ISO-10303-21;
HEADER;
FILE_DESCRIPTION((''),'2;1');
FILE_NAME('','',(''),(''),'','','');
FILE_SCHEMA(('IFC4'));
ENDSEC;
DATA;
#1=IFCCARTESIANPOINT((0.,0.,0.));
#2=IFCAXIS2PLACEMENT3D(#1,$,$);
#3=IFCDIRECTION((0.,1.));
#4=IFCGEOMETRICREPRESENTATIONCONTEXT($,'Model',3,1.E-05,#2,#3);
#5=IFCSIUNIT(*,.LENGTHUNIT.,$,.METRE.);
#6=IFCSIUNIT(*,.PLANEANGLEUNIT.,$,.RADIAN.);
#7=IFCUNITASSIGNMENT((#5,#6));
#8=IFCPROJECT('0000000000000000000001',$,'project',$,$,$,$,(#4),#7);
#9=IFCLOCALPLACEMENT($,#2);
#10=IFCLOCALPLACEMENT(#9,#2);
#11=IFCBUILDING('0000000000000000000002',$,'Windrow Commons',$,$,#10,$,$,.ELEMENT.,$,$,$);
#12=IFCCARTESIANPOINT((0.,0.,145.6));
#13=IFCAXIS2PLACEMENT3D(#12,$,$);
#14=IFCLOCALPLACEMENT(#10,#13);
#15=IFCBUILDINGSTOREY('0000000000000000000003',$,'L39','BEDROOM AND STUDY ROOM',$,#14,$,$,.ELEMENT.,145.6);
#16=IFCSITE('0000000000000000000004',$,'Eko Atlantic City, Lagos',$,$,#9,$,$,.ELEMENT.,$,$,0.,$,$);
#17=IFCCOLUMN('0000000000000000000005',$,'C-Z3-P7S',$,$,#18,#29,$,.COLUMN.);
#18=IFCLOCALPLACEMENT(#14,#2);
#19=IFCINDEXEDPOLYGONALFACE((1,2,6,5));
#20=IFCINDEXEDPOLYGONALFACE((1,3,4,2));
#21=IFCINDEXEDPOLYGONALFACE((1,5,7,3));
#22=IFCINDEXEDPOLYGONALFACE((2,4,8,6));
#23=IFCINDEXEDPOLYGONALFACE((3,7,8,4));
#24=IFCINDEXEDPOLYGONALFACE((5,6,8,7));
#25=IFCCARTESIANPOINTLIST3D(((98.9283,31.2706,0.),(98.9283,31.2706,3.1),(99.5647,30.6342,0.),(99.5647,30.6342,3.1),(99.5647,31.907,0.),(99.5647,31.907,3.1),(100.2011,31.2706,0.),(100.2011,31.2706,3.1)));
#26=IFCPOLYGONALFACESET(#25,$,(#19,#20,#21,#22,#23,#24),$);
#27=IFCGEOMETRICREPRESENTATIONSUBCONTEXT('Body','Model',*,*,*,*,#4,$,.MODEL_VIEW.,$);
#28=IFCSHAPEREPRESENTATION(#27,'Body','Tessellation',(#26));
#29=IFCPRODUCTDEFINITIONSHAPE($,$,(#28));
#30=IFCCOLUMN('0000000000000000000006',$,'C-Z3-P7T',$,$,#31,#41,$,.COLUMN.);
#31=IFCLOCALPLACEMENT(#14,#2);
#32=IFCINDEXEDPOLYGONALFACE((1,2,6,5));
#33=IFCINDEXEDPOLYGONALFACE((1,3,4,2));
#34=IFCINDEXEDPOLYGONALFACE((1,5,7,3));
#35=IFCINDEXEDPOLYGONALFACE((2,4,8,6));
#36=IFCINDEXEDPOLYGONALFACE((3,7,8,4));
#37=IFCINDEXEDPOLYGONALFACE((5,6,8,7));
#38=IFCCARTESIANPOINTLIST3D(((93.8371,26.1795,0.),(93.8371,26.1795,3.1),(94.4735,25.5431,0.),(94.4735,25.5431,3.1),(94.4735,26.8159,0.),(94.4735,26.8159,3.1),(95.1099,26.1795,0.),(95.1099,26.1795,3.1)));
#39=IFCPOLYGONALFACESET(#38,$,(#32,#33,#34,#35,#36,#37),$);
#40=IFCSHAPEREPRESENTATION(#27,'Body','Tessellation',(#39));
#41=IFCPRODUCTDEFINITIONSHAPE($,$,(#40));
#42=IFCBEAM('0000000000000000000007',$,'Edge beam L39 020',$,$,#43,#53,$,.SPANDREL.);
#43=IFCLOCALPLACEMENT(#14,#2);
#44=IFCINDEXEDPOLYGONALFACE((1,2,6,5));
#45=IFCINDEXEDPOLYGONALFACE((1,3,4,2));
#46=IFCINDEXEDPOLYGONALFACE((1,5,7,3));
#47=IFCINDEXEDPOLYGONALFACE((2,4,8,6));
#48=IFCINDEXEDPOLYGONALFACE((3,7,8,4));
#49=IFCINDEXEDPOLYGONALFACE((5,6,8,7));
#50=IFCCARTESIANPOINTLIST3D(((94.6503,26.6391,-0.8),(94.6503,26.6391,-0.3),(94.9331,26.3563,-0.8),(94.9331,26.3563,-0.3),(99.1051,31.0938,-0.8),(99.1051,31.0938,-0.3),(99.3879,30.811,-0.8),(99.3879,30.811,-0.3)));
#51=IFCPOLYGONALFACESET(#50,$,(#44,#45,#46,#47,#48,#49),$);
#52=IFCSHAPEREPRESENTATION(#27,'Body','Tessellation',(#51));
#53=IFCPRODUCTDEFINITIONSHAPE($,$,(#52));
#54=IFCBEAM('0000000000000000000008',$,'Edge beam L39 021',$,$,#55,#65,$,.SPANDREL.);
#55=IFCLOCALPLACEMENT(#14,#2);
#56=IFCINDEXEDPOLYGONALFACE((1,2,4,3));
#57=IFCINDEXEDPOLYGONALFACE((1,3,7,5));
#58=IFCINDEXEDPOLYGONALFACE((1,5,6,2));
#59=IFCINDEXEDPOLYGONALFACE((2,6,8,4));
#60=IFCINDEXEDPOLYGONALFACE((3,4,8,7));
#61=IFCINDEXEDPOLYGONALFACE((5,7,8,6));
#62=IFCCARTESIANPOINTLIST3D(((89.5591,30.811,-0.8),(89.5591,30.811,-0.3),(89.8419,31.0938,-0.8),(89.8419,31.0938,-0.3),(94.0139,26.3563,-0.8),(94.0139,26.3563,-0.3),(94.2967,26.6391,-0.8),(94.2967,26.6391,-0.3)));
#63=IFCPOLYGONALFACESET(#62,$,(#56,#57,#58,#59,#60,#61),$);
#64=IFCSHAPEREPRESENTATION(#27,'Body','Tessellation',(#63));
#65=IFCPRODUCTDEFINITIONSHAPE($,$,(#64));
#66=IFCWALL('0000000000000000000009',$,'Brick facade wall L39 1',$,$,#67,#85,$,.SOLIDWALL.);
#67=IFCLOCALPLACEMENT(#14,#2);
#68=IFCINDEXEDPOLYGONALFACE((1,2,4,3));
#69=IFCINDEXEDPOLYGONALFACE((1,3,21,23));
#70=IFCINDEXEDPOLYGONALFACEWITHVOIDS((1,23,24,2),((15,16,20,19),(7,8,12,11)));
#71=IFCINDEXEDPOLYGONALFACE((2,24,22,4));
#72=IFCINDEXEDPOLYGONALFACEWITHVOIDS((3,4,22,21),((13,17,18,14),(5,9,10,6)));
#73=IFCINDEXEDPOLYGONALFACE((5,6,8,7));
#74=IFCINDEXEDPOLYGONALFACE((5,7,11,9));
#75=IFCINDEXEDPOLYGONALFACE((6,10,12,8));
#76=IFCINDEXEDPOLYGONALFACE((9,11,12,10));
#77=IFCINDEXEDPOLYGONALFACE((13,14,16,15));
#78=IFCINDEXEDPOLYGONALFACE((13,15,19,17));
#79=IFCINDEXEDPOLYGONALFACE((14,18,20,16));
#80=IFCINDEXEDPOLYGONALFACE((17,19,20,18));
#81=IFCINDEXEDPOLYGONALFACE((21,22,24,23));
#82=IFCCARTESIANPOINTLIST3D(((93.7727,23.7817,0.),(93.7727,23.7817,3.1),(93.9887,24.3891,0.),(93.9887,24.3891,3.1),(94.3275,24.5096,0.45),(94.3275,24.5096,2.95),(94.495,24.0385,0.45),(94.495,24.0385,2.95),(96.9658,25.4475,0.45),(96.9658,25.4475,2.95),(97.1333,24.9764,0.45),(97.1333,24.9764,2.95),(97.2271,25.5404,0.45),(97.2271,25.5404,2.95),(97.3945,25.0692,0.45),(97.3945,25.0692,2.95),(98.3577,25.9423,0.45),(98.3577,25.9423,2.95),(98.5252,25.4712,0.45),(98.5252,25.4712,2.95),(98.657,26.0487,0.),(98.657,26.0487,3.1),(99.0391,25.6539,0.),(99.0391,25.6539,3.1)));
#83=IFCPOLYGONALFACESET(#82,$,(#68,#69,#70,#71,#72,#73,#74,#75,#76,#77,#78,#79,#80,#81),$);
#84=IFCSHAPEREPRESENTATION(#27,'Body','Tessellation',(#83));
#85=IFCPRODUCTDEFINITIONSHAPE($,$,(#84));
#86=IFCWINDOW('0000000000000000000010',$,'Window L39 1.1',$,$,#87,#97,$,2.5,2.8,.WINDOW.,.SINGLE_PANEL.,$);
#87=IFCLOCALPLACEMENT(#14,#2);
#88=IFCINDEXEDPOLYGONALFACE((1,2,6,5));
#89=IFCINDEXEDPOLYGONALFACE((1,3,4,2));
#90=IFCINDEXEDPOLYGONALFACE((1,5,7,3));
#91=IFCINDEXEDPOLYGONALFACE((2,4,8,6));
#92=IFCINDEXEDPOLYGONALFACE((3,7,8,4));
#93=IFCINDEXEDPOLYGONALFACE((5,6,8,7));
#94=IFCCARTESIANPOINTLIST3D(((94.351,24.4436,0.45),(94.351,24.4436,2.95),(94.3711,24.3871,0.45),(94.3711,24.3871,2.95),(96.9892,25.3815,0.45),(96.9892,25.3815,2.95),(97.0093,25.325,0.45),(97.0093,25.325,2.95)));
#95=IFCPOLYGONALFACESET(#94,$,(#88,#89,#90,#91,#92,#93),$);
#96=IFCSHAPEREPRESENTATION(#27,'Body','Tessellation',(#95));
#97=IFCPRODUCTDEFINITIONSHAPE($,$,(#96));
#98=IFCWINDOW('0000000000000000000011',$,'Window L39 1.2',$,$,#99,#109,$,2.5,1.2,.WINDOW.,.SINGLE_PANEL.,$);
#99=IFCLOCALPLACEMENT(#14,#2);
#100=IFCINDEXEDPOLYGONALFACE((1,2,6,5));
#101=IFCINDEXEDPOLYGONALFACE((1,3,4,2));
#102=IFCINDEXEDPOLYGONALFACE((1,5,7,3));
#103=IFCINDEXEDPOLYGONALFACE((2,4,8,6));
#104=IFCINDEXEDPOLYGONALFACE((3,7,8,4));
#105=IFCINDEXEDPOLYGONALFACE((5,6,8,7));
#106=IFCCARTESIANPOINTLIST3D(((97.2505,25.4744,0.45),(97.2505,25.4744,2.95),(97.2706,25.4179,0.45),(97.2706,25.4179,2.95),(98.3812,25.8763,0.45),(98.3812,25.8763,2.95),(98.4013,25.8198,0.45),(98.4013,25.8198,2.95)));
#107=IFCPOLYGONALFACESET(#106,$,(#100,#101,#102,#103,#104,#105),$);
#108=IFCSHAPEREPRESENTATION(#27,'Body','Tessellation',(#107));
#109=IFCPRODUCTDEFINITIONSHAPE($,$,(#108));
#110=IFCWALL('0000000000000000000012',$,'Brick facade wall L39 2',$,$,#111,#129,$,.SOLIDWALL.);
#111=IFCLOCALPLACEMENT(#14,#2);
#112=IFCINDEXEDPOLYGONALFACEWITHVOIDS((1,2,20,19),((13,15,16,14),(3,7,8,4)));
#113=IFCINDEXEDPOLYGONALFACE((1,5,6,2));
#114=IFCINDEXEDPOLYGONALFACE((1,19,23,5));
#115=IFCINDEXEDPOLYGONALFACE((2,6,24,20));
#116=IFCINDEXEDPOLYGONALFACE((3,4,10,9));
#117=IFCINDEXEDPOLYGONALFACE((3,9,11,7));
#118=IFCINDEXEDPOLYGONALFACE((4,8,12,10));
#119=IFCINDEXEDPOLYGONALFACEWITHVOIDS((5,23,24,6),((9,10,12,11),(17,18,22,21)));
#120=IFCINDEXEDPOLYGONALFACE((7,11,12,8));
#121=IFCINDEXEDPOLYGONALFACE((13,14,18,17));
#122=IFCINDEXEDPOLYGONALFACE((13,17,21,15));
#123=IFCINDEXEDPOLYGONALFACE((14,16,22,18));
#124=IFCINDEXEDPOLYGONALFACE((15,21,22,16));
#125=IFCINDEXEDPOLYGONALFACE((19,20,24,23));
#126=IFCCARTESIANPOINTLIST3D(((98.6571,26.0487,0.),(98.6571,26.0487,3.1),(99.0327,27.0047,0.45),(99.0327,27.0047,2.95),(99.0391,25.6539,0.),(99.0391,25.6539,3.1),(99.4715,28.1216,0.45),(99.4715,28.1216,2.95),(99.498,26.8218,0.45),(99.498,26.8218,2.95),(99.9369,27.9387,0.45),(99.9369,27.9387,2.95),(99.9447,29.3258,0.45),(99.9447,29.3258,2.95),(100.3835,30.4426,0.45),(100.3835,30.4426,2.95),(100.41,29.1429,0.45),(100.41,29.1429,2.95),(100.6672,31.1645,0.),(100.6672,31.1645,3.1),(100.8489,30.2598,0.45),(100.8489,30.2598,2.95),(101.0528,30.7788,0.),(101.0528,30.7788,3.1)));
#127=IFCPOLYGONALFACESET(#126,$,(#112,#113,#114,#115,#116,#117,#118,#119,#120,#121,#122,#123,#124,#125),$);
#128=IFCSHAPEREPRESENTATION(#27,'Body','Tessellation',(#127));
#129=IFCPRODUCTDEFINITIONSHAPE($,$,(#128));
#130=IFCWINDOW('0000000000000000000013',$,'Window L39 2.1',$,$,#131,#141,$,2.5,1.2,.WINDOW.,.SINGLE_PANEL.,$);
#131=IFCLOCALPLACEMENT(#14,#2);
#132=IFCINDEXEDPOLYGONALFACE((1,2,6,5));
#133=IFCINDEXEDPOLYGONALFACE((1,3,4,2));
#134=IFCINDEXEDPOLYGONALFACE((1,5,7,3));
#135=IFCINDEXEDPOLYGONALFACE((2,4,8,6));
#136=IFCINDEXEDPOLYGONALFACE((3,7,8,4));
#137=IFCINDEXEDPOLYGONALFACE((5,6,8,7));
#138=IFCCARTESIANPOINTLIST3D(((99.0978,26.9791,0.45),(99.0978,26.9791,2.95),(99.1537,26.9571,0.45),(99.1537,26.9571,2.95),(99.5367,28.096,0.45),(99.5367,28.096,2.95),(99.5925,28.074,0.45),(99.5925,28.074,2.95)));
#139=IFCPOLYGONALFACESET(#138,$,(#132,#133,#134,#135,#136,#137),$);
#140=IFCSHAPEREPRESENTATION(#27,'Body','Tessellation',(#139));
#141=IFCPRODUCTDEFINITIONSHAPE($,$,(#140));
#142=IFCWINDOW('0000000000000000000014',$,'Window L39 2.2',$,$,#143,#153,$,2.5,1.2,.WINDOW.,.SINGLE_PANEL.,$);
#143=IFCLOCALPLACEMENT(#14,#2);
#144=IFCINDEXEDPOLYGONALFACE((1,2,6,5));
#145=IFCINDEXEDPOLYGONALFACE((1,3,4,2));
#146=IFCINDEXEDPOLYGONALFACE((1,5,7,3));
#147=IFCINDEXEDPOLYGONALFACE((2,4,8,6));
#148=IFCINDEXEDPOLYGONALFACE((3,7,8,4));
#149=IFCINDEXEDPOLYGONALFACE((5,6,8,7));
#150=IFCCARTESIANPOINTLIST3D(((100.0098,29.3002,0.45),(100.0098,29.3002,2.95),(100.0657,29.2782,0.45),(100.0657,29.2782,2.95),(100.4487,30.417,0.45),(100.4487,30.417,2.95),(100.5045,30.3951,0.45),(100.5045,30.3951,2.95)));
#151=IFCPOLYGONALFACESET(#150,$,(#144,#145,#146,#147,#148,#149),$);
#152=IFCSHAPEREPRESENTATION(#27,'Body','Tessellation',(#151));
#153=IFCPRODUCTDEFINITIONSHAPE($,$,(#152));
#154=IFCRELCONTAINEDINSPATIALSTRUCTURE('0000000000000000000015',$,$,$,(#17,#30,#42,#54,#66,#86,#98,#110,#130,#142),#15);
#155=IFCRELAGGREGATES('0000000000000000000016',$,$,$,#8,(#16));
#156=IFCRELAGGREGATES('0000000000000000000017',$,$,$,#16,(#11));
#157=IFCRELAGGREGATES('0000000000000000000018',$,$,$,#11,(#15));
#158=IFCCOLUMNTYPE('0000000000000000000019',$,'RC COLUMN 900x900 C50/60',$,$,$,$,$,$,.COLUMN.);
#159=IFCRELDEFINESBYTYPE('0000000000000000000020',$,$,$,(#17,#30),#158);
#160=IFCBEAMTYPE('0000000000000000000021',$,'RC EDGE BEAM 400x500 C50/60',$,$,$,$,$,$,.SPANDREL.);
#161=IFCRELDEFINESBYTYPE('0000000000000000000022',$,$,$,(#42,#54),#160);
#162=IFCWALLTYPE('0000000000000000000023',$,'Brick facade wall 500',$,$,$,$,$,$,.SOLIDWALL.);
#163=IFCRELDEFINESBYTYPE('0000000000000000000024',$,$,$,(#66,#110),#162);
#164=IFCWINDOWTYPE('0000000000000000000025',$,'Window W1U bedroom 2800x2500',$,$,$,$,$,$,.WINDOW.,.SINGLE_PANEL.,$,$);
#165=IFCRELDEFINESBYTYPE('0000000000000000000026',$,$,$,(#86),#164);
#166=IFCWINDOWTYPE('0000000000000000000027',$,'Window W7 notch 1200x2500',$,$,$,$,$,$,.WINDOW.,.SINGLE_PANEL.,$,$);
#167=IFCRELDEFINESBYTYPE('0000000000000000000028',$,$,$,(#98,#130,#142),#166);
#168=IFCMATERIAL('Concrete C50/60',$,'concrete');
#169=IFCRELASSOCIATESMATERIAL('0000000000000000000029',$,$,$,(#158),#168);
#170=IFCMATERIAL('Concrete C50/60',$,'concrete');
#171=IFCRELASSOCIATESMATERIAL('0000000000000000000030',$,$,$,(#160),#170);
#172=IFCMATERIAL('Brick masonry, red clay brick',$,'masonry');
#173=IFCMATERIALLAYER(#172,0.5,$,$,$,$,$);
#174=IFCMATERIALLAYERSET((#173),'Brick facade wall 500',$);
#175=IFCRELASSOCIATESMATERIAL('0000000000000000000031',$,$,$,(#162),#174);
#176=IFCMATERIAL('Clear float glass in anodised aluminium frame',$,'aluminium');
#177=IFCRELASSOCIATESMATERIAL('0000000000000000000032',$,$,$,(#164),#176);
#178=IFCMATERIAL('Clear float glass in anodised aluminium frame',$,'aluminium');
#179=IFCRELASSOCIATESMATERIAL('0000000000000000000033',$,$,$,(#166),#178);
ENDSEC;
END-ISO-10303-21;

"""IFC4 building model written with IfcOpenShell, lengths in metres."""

from ifc_helpers import new_model, si_unit, direction, frame, frame_2d, origin, origin_2d, place, context, subcontext, project, spatial, polyline, rectangle, outline, extrude, material, layer, layer_set, material_profile, profile_set, type_object, element, fill, save


model = new_model("IFC4")

# Units and contexts
model_context = context("Model", 3, precision=1e-05, world=origin(), true_north=direction((0.0, 1.0)))
body_context = subcontext(model_context, "Body", "Model", "MODEL_VIEW")
ifc_project = project(units=[si_unit("LENGTHUNIT", "METRE"), si_unit("PLANEANGLEUNIT", "RADIAN")], contexts=[model_context])

# Site, building, storey
site_placement = place(None, origin())
site = spatial("IfcSite", under=ifc_project, at=site_placement, Name="Eko Atlantic City, Lagos", CompositionType="ELEMENT", RefElevation=0.0)
building_placement = place(site_placement, origin())
building = spatial("IfcBuilding", under=site, at=building_placement, Name="Windrow Commons", CompositionType="ELEMENT")
storey_placement = place(building_placement, frame((0.0, 0.0, 145.6)))
storey = spatial("IfcBuildingStorey", under=building, at=storey_placement, Name="L39", Description="BEDROOM AND STUDY ROOM", CompositionType="ELEMENT", Elevation=145.6)

# Columns
ifc_material_1 = material(Name="Concrete C50/60", Category="concrete")
ifc_material_profile_1 = material_profile(ifc_material_1, rectangle(XDim=0.9, YDim=0.9, at=origin_2d()))
ifc_profile_set_1 = profile_set([ifc_material_profile_1], Name="Concrete C50/60")
column_type = type_object("IfcColumnType", Name="RC COLUMN 900x900 C50/60", PredefinedType="COLUMN", material=ifc_profile_set_1)
for number, where, z_axis, x_axis, name in (
    (1, (99.5647, 31.2706, 0.0), (0.0, 0.0, 1.0), (0.707107, -0.707107, 0.0), "C-Z3-P7S"),
    (2, (94.4735, 26.1795, 0.0), (0.0, 0.0, 1.0), (0.707107, -0.707107, 0.0), "C-Z3-P7T"),
):
    element("IfcColumn", number, at=place(storey_placement, frame(where, z_axis=z_axis, x_axis=x_axis)), inside=storey, type_object=column_type, Name=name, PredefinedType="COLUMN", context=body_context, shape_type="SweptSolid", body=[
        extrude(rectangle(XDim=0.9, YDim=0.9, at=origin_2d()), origin(), (0.0, 0.0, 1.0), 3.1),
    ])

# Beams
ifc_material_2 = material(Name="Concrete C50/60", Category="concrete")
ifc_material_profile_2 = material_profile(ifc_material_2, rectangle(XDim=0.4, YDim=0.5, at=origin_2d()))
ifc_profile_set_2 = profile_set([ifc_material_profile_2], Name="Concrete C50/60")
beam_type = type_object("IfcBeamType", Name="RC EDGE BEAM 400x500 C50/60", PredefinedType="SPANDREL", material=ifc_profile_set_2)
for number, where, z_axis, x_axis, name in (
    (3, (99.2465, 30.9524, -0.55), (-0.707115, -0.707099, 0.0), (0.707099, -0.707115, 0.0), "Edge beam L39 020"),
    (4, (94.1553, 26.4977, -0.55), (-0.707115, 0.707099, 0.0), (-0.707099, -0.707115, 0.0), "Edge beam L39 021"),
):
    element("IfcBeam", number, at=place(storey_placement, frame(where, z_axis=z_axis, x_axis=x_axis)), inside=storey, type_object=beam_type, Name=name, PredefinedType="SPANDREL", context=body_context, shape_type="SweptSolid", body=[
        extrude(rectangle(XDim=0.4, YDim=0.5, at=origin_2d()), origin(), (0.0, 0.0, 1.0), 6.3),
    ])

# Walls, openings, windows
ifc_material_3 = material(Name="Brick masonry, red clay brick", Category="masonry")
ifc_layer_1 = layer(ifc_material_3, 0.5)
ifc_layer_set_1 = layer_set([ifc_layer_1], Name="Brick facade wall 500")
wall_type_1 = type_object("IfcWallType", Name="Brick facade wall 500", PredefinedType="SOLIDWALL", material=ifc_layer_set_1)
wall_1_placement = place(storey_placement, frame((93.8807, 24.0854, 0.0), z_axis=(0.0, 0.0, 1.0), x_axis=(0.942232, 0.334961, 0.0)))
wall_1 = element("IfcWall", 5, at=wall_1_placement, inside=storey, type_object=wall_type_1, Name="Brick facade wall L39 1", PredefinedType="SOLIDWALL", context=body_context, shape_type="SweptSolid", body=[
    extrude(outline(polyline([(-0.2035, -0.25), (5.3858, -0.25), (5.158, 0.25), (0.2035, 0.25), (-0.2035, -0.25)])), origin(), (0.0, 0.0, 1.0), 3.1),
])
opening_1_placement = place(wall_1_placement, frame((0.5631, 0.0, 0.45)))
opening_1 = element("IfcOpeningElement", 6, at=opening_1_placement, cuts=wall_1, PredefinedType="OPENING", context=body_context, shape_type="SweptSolid", body=[
    extrude(rectangle(XDim=2.8, YDim=2.5, at=frame_2d((1.4, 1.25))), frame((0.0, 0.26, 0.0), z_axis=(0.0, -1.0, 0.0), x_axis=(1.0, 0.0, 0.0)), (0.0, 0.0, 1.0), 0.52),
])
opening_2_placement = place(wall_1_placement, frame((3.6404, 0.0, 0.45)))
opening_2 = element("IfcOpeningElement", 7, at=opening_2_placement, cuts=wall_1, PredefinedType="OPENING", context=body_context, shape_type="SweptSolid", body=[
    extrude(rectangle(XDim=1.2, YDim=2.5, at=frame_2d((0.6, 1.25))), frame((0.0, 0.26, 0.0), z_axis=(0.0, -1.0, 0.0), x_axis=(1.0, 0.0, 0.0)), (0.0, 0.0, 1.0), 0.52),
])
ifc_material_4 = material(Name="Clear float glass in anodised aluminium frame", Category="aluminium")
window_type_1 = type_object("IfcWindowType", Name="Window W1U bedroom 2800x2500", PartitioningType="SINGLE_PANEL", PredefinedType="WINDOW", material=ifc_material_4)
window_1_placement = place(opening_1_placement, origin())
window_1 = element("IfcWindow", 8, at=window_1_placement, inside=storey, type_object=window_type_1, Name="Window L39 1.1", OverallHeight=2.5, OverallWidth=2.8, PartitioningType="SINGLE_PANEL", PredefinedType="WINDOW", context=body_context, shape_type="SweptSolid", body=[
    extrude(rectangle(XDim=2.8, YDim=2.5, at=frame_2d((1.4, 1.25))), frame((0.0, 0.18, 0.0), z_axis=(0.0, -1.0, 0.0), x_axis=(1.0, 0.0, 0.0)), (0.0, 0.0, 1.0), 0.06),
])
fill(opening_1, window_1)
ifc_material_5 = material(Name="Clear float glass in anodised aluminium frame", Category="aluminium")
window_type_2 = type_object("IfcWindowType", Name="Window W7 notch 1200x2500", PartitioningType="SINGLE_PANEL", PredefinedType="WINDOW", material=ifc_material_5)
window_2_placement = place(opening_2_placement, origin())
window_2 = element("IfcWindow", 9, at=window_2_placement, inside=storey, type_object=window_type_2, Name="Window L39 1.2", OverallHeight=2.5, OverallWidth=1.2, PartitioningType="SINGLE_PANEL", PredefinedType="WINDOW", context=body_context, shape_type="SweptSolid", body=[
    extrude(rectangle(XDim=1.2, YDim=2.5, at=frame_2d((0.6, 1.25))), frame((0.0, 0.18, 0.0), z_axis=(0.0, -1.0, 0.0), x_axis=(1.0, 0.0, 0.0)), (0.0, 0.0, 1.0), 0.06),
])
fill(opening_2, window_2)
wall_2_placement = place(storey_placement, frame((98.8481, 25.8513, 0.0), z_axis=(0.0, 0.0, 1.0), x_axis=(0.365702, 0.930732, 0.0)))
wall_2 = element("IfcWall", 10, at=wall_2_placement, inside=storey, type_object=wall_type_1, Name="Brick facade wall L39 2", PredefinedType="SOLIDWALL", context=body_context, shape_type="SweptSolid", body=[
    extrude(outline(polyline([(-0.1139, -0.25), (5.3925, -0.25), (5.6104, 0.25), (0.1139, 0.25), (-0.1139, -0.25)])), origin(), (0.0, 0.0, 1.0), 3.1),
])
opening_3_placement = place(wall_2_placement, frame((1.141, 0.0, 0.45)))
opening_3 = element("IfcOpeningElement", 11, at=opening_3_placement, cuts=wall_2, PredefinedType="OPENING", context=body_context, shape_type="SweptSolid", body=[
    extrude(rectangle(XDim=1.2, YDim=2.5, at=frame_2d((0.6, 1.25))), frame((0.0, 0.26, 0.0), z_axis=(0.0, -1.0, 0.0), x_axis=(1.0, 0.0, 0.0)), (0.0, 0.0, 1.0), 0.52),
])
opening_4_placement = place(wall_2_placement, frame((3.6348, 0.0, 0.45)))
opening_4 = element("IfcOpeningElement", 12, at=opening_4_placement, cuts=wall_2, PredefinedType="OPENING", context=body_context, shape_type="SweptSolid", body=[
    extrude(rectangle(XDim=1.2, YDim=2.5, at=frame_2d((0.6, 1.25))), frame((0.0, 0.26, 0.0), z_axis=(0.0, -1.0, 0.0), x_axis=(1.0, 0.0, 0.0)), (0.0, 0.0, 1.0), 0.52),
])
window_3_placement = place(opening_3_placement, origin())
window_3 = element("IfcWindow", 13, at=window_3_placement, inside=storey, type_object=window_type_2, Name="Window L39 2.1", OverallHeight=2.5, OverallWidth=1.2, PartitioningType="SINGLE_PANEL", PredefinedType="WINDOW", context=body_context, shape_type="SweptSolid", body=[
    extrude(rectangle(XDim=1.2, YDim=2.5, at=frame_2d((0.6, 1.25))), frame((0.0, 0.18, 0.0), z_axis=(0.0, -1.0, 0.0), x_axis=(1.0, 0.0, 0.0)), (0.0, 0.0, 1.0), 0.06),
])
fill(opening_3, window_3)
window_4_placement = place(opening_4_placement, origin())
window_4 = element("IfcWindow", 14, at=window_4_placement, inside=storey, type_object=window_type_2, Name="Window L39 2.2", OverallHeight=2.5, OverallWidth=1.2, PartitioningType="SINGLE_PANEL", PredefinedType="WINDOW", context=body_context, shape_type="SweptSolid", body=[
    extrude(rectangle(XDim=1.2, YDim=2.5, at=frame_2d((0.6, 1.25))), frame((0.0, 0.18, 0.0), z_axis=(0.0, -1.0, 0.0), x_axis=(1.0, 0.0, 0.0)), (0.0, 0.0, 1.0), 0.06),
])
fill(opening_4, window_4)

save(model, "model.ifc")
